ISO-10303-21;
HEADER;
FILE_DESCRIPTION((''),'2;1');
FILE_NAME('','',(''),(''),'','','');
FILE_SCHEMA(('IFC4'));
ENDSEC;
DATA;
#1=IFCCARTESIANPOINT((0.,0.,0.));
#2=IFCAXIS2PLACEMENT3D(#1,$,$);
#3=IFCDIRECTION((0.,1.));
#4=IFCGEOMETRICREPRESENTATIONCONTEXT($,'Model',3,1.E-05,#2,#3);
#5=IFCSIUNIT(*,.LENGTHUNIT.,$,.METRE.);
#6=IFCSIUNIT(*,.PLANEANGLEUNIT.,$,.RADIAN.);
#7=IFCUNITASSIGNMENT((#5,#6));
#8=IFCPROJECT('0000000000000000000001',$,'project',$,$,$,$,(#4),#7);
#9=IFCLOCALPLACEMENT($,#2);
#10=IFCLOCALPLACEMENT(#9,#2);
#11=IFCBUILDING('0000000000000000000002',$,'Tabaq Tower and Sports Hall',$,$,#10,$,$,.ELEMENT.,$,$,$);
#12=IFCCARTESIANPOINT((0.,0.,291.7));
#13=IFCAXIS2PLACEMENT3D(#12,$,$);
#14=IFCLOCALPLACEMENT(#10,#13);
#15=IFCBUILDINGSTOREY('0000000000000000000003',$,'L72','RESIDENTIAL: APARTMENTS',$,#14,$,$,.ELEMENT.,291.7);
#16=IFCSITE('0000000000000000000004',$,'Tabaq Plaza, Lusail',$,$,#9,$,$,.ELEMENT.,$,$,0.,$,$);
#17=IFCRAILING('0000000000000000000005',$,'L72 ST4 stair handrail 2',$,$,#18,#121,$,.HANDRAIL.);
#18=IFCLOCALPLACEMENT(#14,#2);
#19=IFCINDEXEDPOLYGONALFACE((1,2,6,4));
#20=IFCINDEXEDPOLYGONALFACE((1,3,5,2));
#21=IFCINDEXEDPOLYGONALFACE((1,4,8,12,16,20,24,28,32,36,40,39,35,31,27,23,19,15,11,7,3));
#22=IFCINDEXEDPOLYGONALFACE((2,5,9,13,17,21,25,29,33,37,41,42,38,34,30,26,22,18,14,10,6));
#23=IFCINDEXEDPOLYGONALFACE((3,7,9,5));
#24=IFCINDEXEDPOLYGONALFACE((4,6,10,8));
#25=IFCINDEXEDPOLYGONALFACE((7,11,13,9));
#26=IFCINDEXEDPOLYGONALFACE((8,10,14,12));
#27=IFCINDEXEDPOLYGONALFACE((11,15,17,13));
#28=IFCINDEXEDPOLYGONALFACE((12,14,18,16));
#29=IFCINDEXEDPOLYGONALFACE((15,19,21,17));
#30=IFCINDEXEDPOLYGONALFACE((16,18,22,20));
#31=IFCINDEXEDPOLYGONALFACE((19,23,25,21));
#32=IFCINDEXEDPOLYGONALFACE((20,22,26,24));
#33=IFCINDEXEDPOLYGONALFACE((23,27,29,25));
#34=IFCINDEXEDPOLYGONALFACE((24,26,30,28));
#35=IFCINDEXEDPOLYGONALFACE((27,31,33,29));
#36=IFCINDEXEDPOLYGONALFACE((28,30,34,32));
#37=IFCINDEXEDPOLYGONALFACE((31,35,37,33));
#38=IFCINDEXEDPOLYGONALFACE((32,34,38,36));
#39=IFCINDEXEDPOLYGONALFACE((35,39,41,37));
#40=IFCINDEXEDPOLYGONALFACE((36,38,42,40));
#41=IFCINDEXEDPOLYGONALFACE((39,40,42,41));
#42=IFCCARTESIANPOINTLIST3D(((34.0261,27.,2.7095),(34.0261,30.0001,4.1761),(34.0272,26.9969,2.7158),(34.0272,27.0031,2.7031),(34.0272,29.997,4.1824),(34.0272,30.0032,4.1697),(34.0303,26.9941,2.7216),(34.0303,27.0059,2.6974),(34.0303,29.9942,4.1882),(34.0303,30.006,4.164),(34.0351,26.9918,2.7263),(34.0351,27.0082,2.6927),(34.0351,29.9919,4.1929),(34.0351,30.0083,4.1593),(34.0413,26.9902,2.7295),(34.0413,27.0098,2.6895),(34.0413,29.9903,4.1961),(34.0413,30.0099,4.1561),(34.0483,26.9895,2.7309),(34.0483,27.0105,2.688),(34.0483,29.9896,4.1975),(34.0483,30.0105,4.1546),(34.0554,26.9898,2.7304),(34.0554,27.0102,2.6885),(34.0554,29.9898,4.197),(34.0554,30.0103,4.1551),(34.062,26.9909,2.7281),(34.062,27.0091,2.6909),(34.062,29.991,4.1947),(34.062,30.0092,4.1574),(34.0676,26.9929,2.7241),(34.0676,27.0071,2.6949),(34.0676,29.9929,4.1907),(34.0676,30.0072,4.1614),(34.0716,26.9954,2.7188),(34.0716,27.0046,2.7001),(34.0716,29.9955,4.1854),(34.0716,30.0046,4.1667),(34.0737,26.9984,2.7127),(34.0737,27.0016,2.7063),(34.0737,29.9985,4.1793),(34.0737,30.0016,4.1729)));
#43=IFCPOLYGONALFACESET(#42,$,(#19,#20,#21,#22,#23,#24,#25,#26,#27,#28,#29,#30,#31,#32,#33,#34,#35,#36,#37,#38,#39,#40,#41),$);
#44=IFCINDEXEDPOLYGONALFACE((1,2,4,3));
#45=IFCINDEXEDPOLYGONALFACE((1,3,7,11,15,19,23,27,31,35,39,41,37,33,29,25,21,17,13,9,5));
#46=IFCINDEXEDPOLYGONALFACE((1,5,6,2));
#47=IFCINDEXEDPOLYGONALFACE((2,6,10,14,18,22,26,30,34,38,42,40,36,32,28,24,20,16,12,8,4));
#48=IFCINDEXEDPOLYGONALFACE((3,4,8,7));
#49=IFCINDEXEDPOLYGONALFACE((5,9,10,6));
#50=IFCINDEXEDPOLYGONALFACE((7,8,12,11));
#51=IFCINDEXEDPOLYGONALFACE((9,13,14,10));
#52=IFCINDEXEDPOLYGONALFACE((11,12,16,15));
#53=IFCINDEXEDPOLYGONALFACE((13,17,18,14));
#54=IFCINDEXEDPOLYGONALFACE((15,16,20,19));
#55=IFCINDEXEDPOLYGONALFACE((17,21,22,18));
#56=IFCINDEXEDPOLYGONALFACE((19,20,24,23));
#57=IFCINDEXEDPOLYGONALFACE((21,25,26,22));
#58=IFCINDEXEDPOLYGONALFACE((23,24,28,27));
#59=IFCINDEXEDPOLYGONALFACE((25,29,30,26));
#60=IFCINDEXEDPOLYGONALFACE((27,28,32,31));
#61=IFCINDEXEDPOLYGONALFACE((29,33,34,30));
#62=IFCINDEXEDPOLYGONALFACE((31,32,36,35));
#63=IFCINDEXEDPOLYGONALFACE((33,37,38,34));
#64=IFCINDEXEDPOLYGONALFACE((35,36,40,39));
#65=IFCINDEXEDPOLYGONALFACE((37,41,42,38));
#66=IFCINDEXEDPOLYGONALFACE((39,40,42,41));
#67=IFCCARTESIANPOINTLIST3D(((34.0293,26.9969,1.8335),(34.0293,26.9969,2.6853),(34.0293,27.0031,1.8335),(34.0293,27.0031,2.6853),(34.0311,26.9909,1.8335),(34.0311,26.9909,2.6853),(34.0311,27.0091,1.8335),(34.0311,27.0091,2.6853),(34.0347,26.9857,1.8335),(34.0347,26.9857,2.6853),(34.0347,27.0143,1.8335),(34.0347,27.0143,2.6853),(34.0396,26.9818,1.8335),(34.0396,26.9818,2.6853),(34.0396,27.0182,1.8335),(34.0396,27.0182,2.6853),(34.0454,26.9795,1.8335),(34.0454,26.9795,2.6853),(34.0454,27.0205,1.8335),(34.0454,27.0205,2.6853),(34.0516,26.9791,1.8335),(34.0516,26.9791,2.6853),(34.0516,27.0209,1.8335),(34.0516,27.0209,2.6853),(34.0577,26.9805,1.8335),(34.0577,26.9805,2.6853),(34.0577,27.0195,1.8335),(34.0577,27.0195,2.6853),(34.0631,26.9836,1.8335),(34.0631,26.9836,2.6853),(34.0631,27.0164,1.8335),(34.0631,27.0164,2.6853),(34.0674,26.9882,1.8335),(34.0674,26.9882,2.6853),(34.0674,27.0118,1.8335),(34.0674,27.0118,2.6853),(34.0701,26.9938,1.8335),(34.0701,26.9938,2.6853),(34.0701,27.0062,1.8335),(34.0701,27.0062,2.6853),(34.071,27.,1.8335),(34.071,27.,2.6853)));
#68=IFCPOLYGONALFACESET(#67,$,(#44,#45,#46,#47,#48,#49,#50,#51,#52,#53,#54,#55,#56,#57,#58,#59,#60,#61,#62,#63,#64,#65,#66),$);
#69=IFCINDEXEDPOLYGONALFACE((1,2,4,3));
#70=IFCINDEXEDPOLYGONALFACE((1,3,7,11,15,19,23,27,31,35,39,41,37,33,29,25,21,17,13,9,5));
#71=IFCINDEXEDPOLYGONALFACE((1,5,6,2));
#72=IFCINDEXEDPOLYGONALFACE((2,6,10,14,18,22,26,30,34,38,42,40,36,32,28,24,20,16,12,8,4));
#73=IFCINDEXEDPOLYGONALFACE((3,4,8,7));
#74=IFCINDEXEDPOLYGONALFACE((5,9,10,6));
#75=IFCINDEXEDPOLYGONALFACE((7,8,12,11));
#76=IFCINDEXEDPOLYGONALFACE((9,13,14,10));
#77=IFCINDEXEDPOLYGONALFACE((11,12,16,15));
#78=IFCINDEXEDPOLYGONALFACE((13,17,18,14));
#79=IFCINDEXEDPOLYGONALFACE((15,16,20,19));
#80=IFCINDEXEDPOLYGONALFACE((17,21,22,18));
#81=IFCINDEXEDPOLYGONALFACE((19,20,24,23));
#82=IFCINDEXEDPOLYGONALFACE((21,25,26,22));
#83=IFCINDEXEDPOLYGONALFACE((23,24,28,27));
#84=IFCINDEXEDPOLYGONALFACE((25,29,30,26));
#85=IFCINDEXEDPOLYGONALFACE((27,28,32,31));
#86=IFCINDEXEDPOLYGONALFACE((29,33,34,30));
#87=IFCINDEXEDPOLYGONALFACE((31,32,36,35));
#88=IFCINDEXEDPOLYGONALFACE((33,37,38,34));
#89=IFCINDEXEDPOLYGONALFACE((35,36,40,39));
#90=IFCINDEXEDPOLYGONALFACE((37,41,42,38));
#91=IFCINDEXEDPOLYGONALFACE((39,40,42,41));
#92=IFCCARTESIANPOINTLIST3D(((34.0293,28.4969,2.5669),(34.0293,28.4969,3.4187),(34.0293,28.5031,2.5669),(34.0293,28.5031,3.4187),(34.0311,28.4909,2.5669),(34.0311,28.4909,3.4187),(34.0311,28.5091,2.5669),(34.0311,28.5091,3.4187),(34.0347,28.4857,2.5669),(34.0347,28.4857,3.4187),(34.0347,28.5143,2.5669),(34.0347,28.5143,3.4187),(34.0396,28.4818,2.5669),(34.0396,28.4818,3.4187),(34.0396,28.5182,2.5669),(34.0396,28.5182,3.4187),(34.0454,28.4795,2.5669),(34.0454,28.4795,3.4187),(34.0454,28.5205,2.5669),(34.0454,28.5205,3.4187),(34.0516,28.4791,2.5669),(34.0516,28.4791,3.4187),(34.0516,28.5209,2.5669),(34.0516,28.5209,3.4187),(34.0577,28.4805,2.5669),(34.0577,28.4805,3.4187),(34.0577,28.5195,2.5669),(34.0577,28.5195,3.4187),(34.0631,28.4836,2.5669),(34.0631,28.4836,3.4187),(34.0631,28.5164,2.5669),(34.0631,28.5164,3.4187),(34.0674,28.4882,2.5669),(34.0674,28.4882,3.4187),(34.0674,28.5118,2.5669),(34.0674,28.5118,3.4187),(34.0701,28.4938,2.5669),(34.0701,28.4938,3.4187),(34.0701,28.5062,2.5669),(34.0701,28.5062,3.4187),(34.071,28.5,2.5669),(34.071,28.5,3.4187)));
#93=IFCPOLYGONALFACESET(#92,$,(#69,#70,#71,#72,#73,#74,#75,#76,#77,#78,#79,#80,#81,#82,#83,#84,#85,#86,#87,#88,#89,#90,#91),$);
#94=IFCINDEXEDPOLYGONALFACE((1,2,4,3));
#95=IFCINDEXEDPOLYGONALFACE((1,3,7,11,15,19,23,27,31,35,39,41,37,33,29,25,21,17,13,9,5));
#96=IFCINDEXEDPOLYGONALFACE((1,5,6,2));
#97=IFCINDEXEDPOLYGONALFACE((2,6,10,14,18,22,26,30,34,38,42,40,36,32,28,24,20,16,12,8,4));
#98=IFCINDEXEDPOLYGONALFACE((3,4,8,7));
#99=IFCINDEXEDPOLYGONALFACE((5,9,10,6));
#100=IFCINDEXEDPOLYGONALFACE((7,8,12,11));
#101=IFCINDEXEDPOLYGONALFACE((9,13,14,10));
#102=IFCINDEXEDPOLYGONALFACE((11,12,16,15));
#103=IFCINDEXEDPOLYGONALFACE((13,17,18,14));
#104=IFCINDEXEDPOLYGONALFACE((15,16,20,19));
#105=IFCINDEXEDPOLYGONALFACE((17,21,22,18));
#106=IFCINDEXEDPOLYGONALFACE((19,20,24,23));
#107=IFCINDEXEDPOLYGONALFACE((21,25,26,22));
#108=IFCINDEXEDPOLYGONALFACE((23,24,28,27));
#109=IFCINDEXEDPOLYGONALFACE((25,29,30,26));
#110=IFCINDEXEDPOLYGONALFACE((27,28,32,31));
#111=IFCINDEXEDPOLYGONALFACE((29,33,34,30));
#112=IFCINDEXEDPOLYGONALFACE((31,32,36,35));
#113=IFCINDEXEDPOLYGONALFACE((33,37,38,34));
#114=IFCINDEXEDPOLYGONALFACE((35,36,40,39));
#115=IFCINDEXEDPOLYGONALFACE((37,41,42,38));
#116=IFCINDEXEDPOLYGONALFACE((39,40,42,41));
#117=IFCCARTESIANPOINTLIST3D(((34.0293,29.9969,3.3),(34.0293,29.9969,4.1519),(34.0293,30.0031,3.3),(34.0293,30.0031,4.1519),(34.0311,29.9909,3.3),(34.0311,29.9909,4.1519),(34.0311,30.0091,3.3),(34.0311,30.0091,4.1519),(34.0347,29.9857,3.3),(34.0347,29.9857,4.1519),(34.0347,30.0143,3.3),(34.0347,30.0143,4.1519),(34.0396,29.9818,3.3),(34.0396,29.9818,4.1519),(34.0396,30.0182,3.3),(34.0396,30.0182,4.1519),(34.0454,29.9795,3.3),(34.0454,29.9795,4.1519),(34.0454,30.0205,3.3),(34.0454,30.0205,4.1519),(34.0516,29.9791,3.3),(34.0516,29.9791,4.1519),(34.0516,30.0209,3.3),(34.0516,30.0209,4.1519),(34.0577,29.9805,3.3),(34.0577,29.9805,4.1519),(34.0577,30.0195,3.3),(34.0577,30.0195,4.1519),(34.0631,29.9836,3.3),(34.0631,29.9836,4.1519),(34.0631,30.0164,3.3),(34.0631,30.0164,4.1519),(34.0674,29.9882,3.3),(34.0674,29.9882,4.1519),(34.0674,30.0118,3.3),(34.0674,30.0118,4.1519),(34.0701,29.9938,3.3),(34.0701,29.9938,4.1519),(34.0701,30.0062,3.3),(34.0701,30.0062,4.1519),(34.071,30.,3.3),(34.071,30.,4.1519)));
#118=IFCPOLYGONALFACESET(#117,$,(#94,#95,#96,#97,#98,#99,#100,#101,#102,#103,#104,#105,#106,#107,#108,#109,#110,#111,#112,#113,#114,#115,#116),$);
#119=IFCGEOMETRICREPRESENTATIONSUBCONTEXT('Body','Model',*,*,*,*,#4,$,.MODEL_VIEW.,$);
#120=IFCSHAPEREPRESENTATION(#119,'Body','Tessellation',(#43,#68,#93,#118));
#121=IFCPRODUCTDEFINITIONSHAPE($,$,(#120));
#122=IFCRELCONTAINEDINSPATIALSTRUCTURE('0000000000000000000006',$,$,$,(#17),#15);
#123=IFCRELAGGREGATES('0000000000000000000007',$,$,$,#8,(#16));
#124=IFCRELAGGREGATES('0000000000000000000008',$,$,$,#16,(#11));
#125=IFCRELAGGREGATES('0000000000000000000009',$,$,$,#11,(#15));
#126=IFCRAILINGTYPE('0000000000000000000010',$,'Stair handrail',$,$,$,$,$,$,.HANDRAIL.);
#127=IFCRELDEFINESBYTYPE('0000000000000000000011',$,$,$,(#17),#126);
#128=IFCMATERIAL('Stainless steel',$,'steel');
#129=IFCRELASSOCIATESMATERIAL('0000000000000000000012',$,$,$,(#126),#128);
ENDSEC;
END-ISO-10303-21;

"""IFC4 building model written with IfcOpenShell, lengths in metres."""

from ifc_helpers import new_model, si_unit, direction, frame, origin, origin_2d, place, context, subcontext, project, spatial, circle, extrude, material, type_object, element, save


model = new_model("IFC4")

# Units and contexts
model_context = context("Model", 3, precision=1e-05, world=origin(), true_north=direction((0.0, 1.0)))
body_context = subcontext(model_context, "Body", "Model", "MODEL_VIEW")
ifc_project = project(units=[si_unit("LENGTHUNIT", "METRE"), si_unit("PLANEANGLEUNIT", "RADIAN")], contexts=[model_context])

# Site, building, storey
site_placement = place(None, origin())
site = spatial("IfcSite", under=ifc_project, at=site_placement, Name="Tabaq Plaza, Lusail", CompositionType="ELEMENT", RefElevation=0.0)
building_placement = place(site_placement, origin())
building = spatial("IfcBuilding", under=site, at=building_placement, Name="Tabaq Tower and Sports Hall", CompositionType="ELEMENT")
storey_placement = place(building_placement, frame((0.0, 0.0, 291.7)))
storey = spatial("IfcBuildingStorey", under=building, at=storey_placement, Name="L72", Description="RESIDENTIAL: APARTMENTS", CompositionType="ELEMENT", Elevation=291.7)

# Railing
ifc_material_1 = material(Name="Stainless steel", Category="steel")
railing_type = type_object("IfcRailingType", Name="Stair handrail", PredefinedType="HANDRAIL", material=ifc_material_1)
railing_1_placement = place(storey_placement, frame((34.05, 27.0, 1.8335)))
element("IfcRailing", 1, at=railing_1_placement, inside=storey, type_object=railing_type, Name="L72 ST4 stair handrail 2", PredefinedType="HANDRAIL", context=body_context, shape_type="SweptSolid", body=[
    extrude(circle(Radius=0.0239, at=origin_2d()), frame((0.0, 0.0, 0.876), z_axis=(0.0, 0.898398, 0.439183), x_axis=(-1.0, 0.0, 0.0)), (0.0, 0.0, 1.0), 3.3394),
    extrude(circle(Radius=0.021, at=origin_2d()), origin(), (0.0, 0.0, 1.0), 0.8518),
    extrude(circle(Radius=0.021, at=origin_2d()), frame((0.0, 1.5, 0.7334)), (0.0, 0.0, 1.0), 0.8518),
    extrude(circle(Radius=0.021, at=origin_2d()), frame((0.0, 3.0, 1.4666)), (0.0, 0.0, 1.0), 0.8518),
])

save(model, "model.ifc")
